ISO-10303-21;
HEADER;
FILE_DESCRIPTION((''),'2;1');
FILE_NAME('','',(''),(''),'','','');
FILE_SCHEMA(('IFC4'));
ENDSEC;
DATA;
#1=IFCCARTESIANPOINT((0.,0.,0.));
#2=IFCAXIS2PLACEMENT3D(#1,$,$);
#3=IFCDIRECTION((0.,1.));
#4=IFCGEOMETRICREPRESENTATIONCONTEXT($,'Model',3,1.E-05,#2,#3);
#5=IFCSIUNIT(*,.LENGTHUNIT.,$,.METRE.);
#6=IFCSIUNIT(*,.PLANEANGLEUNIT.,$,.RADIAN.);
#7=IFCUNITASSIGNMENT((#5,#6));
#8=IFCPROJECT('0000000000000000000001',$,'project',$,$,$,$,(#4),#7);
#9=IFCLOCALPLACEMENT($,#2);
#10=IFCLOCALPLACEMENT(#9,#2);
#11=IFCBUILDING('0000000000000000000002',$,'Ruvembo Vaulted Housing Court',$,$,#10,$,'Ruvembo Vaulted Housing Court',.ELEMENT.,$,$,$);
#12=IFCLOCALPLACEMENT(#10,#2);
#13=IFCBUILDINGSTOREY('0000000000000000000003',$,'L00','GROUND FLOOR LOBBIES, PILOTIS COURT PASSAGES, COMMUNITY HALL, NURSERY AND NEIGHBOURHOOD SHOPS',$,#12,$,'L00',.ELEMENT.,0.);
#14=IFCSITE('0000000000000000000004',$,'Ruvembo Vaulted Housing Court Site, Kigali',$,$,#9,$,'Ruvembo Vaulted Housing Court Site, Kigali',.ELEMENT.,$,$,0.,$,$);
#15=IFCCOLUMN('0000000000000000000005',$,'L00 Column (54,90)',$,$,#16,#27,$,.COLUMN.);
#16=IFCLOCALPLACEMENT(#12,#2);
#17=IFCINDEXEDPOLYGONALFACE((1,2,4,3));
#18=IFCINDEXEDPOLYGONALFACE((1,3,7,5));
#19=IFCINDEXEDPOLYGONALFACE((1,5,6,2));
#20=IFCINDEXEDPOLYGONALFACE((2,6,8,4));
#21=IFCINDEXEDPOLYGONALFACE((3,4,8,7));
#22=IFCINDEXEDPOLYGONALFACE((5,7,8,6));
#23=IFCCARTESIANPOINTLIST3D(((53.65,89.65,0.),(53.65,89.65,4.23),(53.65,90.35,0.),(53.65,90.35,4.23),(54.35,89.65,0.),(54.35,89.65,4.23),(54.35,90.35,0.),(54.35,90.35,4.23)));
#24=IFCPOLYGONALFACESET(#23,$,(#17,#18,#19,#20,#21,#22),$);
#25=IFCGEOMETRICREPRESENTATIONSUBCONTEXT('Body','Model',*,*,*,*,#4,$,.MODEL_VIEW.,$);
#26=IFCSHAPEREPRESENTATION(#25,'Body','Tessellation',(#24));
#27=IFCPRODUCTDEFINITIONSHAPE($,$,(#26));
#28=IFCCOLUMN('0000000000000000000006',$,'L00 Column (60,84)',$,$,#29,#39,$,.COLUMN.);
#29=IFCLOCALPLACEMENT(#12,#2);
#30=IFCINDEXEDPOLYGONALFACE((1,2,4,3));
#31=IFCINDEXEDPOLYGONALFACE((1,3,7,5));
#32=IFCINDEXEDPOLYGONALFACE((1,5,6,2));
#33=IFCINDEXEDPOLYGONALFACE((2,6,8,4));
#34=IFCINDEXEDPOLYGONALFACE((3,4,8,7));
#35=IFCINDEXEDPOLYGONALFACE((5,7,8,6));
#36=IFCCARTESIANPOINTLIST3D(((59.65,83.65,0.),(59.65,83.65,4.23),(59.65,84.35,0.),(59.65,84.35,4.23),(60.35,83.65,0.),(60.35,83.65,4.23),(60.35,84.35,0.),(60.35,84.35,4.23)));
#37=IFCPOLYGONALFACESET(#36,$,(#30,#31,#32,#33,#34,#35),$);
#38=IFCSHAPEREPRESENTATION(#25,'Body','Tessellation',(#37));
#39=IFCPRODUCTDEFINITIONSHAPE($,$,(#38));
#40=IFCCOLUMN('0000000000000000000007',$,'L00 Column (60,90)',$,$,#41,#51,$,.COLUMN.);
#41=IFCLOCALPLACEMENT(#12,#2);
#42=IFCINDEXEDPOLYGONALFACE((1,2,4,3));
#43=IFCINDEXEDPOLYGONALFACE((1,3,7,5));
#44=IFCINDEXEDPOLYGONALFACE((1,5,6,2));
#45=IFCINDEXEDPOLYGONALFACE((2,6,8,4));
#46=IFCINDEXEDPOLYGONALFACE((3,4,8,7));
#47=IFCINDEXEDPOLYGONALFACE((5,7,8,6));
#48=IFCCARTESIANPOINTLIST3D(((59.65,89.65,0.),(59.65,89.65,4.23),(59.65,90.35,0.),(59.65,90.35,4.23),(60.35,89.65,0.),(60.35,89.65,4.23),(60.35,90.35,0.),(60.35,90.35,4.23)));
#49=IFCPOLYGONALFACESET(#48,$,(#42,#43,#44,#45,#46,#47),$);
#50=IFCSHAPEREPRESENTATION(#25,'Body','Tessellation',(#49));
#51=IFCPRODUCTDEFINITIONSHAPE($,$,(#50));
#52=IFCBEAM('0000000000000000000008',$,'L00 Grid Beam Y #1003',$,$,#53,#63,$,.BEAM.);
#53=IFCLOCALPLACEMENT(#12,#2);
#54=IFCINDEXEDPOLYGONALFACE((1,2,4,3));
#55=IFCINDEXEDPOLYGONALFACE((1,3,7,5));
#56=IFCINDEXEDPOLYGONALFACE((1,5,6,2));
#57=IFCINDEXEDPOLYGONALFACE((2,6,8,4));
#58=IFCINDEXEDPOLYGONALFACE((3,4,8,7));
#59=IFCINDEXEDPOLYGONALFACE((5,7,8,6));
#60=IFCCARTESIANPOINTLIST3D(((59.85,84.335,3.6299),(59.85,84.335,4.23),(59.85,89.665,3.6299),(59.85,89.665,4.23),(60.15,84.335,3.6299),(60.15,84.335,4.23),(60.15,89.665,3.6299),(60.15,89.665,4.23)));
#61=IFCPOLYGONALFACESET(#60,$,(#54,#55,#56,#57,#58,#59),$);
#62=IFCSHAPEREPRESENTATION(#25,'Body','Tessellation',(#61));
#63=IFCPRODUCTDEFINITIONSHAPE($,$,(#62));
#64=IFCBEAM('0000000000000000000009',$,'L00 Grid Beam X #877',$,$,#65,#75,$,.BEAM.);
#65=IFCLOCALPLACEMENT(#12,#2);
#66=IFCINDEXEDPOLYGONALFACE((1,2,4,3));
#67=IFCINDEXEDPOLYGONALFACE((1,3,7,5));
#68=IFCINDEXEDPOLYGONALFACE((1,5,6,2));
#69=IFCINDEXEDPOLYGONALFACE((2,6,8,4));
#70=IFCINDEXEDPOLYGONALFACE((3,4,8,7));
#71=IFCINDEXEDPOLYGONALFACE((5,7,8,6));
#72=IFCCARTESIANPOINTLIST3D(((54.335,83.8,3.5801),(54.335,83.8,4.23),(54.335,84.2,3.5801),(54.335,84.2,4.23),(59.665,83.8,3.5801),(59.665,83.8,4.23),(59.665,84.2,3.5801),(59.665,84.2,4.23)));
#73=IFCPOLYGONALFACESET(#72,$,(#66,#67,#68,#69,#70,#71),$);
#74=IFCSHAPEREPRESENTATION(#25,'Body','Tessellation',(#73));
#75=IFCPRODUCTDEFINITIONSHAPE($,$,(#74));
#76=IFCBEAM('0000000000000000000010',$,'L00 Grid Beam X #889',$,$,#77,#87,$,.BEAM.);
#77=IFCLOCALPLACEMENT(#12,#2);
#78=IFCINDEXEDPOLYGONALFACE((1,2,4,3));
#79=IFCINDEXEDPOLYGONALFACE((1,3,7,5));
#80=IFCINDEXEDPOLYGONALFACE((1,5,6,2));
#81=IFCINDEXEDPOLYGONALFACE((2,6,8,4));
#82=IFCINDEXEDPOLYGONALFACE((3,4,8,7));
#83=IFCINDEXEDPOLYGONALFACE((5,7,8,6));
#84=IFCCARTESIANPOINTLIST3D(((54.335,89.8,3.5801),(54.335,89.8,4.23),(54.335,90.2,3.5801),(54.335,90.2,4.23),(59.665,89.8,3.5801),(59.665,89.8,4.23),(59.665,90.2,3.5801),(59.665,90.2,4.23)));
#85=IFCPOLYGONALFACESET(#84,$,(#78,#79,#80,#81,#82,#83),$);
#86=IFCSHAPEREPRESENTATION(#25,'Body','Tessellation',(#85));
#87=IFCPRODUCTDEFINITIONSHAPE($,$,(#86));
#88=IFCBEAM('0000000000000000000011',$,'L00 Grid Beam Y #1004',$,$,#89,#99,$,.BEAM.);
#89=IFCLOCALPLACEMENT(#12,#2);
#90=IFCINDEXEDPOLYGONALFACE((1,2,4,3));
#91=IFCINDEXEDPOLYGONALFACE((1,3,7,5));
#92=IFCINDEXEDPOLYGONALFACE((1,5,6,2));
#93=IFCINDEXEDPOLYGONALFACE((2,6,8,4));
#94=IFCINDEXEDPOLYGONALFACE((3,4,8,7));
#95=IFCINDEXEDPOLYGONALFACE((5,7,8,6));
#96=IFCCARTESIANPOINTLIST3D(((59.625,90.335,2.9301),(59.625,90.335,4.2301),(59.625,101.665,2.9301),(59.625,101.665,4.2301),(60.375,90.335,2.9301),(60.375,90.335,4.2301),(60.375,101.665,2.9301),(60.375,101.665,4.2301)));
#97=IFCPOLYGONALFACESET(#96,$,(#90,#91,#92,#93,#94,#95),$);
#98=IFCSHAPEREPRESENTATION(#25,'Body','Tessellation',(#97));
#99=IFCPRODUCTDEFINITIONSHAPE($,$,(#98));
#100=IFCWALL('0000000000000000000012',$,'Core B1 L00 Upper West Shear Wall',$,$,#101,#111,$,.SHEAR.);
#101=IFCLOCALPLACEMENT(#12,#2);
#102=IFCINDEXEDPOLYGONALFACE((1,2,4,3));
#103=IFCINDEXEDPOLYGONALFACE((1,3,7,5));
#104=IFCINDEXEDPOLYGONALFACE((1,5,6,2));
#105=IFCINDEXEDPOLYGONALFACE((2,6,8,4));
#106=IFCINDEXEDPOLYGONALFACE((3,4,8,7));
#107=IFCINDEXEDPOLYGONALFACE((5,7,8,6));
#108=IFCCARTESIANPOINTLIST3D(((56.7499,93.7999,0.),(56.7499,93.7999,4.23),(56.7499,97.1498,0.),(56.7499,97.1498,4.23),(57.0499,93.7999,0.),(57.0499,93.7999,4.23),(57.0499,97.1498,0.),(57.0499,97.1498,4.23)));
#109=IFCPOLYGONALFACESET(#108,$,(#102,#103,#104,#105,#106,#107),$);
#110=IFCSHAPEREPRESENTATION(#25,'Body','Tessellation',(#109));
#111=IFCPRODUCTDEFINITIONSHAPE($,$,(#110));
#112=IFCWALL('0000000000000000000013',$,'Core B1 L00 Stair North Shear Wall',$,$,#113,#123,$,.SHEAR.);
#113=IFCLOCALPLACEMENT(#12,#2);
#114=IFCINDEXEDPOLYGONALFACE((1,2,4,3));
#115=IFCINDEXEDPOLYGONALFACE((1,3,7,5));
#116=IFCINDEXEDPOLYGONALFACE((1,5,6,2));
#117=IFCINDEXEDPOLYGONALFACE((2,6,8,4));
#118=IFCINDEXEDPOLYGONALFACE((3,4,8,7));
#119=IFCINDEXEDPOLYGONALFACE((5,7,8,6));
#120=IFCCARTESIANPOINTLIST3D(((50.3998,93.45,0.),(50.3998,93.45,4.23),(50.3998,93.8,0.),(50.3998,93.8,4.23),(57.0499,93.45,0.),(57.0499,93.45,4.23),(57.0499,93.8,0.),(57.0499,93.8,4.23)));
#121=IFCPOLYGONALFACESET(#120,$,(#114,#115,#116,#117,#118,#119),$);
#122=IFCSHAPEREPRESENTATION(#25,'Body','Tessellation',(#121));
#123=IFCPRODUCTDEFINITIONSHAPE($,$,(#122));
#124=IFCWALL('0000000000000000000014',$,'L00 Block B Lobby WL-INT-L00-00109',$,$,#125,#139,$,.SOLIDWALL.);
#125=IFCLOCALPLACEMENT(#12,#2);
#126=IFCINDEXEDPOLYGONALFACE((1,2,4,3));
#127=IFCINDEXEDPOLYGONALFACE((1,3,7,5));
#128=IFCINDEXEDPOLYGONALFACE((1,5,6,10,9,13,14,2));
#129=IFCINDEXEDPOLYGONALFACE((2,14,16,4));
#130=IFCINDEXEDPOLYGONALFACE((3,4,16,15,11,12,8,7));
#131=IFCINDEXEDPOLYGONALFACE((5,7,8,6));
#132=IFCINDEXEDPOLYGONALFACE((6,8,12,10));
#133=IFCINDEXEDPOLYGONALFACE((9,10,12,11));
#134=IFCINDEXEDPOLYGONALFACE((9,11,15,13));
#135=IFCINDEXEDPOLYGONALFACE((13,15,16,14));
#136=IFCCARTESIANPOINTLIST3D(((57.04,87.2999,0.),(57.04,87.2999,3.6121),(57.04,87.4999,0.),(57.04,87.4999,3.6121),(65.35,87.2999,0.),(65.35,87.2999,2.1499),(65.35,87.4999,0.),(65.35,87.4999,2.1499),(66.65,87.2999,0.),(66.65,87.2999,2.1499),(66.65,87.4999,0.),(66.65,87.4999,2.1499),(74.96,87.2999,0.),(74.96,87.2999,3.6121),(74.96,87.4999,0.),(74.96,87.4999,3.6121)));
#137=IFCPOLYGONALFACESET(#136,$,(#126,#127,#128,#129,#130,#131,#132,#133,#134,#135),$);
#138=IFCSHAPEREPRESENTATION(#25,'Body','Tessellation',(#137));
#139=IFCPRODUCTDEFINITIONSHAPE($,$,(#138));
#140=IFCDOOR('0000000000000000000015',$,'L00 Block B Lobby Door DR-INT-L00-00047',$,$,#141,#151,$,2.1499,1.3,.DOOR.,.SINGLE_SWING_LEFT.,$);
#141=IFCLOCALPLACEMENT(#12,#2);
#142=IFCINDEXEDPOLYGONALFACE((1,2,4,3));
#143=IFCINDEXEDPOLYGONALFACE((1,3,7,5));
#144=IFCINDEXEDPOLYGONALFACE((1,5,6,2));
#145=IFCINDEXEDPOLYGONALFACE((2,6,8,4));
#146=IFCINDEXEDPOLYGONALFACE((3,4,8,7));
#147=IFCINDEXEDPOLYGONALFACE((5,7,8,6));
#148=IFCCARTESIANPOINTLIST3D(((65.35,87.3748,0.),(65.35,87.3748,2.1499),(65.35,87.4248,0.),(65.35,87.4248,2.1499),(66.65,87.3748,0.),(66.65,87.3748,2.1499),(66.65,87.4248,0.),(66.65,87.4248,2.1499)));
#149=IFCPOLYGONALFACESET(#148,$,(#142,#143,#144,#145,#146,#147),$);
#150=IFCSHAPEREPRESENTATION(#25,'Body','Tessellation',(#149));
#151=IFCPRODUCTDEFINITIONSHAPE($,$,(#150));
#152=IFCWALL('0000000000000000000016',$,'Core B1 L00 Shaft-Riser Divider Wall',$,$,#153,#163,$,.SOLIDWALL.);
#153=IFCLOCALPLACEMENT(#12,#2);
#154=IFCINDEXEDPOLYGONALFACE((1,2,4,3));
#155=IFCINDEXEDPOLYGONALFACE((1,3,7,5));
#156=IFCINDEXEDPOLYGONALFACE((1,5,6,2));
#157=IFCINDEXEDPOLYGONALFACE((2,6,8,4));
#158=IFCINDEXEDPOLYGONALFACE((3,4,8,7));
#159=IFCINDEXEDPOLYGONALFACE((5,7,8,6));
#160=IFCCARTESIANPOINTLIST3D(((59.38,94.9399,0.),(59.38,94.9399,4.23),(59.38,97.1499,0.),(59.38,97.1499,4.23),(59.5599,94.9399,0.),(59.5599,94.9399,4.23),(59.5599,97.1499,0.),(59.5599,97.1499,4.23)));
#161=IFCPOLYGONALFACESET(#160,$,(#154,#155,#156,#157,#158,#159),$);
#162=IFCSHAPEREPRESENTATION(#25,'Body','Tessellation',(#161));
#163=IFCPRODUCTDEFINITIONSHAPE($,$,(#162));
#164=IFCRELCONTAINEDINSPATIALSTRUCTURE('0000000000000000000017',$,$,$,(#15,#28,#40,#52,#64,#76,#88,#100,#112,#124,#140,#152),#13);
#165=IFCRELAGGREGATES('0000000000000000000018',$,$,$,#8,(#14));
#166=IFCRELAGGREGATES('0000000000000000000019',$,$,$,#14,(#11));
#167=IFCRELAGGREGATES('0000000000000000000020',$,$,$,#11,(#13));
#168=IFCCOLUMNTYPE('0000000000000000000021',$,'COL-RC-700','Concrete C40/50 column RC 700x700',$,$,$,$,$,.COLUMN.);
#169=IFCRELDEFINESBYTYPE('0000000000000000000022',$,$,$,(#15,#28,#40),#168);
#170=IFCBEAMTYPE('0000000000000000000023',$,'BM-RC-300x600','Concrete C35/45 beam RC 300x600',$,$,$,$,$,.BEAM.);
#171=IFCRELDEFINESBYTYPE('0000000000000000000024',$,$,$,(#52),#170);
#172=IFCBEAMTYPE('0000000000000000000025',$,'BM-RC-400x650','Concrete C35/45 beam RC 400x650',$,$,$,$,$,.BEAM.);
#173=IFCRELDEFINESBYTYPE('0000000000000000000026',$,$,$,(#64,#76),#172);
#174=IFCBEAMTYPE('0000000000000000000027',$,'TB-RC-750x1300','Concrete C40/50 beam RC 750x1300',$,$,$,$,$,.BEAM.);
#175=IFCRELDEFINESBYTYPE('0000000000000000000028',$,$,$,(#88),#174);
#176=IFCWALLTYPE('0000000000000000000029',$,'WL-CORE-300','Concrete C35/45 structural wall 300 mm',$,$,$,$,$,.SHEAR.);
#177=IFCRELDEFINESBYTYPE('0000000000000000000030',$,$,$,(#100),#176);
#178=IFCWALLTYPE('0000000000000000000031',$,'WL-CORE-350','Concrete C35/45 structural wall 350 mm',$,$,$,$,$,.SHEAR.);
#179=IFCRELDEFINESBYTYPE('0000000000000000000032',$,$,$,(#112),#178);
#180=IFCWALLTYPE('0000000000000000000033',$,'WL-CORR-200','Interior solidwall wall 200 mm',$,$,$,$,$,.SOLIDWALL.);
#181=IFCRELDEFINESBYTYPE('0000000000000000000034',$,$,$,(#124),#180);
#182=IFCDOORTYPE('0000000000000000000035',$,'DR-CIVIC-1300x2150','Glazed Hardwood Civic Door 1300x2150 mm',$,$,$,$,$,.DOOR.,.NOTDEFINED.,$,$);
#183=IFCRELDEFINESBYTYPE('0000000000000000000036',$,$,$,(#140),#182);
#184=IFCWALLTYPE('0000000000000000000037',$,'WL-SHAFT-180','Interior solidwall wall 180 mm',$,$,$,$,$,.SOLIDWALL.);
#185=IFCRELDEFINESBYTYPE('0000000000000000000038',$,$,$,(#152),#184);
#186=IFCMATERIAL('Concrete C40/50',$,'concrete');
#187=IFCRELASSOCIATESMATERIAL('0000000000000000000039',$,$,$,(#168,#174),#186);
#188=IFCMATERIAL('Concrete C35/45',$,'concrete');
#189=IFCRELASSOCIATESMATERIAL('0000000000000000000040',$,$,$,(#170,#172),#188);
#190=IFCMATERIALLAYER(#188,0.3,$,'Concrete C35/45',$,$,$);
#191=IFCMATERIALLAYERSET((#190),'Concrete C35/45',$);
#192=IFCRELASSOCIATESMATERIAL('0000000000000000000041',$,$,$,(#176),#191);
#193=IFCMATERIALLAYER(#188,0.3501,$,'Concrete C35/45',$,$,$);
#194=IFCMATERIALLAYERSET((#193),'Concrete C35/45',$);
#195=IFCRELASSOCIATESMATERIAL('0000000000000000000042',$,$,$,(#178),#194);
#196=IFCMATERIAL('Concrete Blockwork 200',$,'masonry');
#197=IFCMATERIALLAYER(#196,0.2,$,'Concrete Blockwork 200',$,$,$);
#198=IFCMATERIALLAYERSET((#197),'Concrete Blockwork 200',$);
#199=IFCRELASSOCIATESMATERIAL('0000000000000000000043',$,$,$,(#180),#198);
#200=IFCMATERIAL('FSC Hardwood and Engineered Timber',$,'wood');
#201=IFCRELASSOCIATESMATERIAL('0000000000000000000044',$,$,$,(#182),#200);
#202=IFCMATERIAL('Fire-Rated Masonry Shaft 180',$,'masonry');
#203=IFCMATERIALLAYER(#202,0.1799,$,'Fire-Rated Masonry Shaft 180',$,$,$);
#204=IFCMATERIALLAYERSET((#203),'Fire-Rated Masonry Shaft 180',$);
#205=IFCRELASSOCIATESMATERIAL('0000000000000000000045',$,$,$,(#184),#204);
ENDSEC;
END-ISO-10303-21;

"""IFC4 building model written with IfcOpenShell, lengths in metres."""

from ifc_helpers import new_model, si_unit, direction, frame, frame_2d, origin, origin_2d, place, context, subcontext, project, spatial, rectangle, extrude, material, layer, layer_set, material_profile, profile_set, type_object, element, fill, save


model = new_model("IFC4")

# Units and contexts
model_context = context("Model", 3, precision=1e-05, world=origin(), true_north=direction((0.0, 1.0)))
body_context = subcontext(model_context, "Body", "Model", "MODEL_VIEW")
ifc_project = project(units=[si_unit("LENGTHUNIT", "METRE"), si_unit("PLANEANGLEUNIT", "RADIAN")], contexts=[model_context])

# Site, building, storey
site_placement = place(None, origin())
site = spatial("IfcSite", under=ifc_project, at=site_placement, Name="Ruvembo Vaulted Housing Court Site, Kigali", LongName="Ruvembo Vaulted Housing Court Site, Kigali", CompositionType="ELEMENT", RefElevation=0.0)
building_placement = place(site_placement, origin())
building = spatial("IfcBuilding", under=site, at=building_placement, Name="Ruvembo Vaulted Housing Court", LongName="Ruvembo Vaulted Housing Court", CompositionType="ELEMENT")
storey_placement = place(building_placement, origin())
storey = spatial("IfcBuildingStorey", under=building, at=storey_placement, Name="L00", Description="GROUND FLOOR LOBBIES, PILOTIS COURT PASSAGES, COMMUNITY HALL, NURSERY AND NEIGHBOURHOOD SHOPS", LongName="L00", CompositionType="ELEMENT", Elevation=0.0)

# Columns
ifc_material_1 = material(Name="Concrete C40/50", Category="concrete")
ifc_material_profile_1 = material_profile(ifc_material_1, rectangle(XDim=0.7, YDim=0.7, at=origin_2d()), Name="RC 700x700")
ifc_profile_set_1 = profile_set([ifc_material_profile_1], Name="Concrete C40/50")
column_type = type_object("IfcColumnType", Name="COL-RC-700", Description="Concrete C40/50 column RC 700x700", PredefinedType="COLUMN", material=ifc_profile_set_1)
for number, where, z_axis, x_axis, name in (
    (1, (54.0, 90.0, 0.0), (0.0, 0.0, 1.0), (1.0, 0.0, 0.0), "L00 Column (54,90)"),
    (2, (60.0, 84.0, 0.0), (0.0, 0.0, 1.0), (1.0, 0.0, 0.0), "L00 Column (60,84)"),
    (3, (60.0, 90.0, 0.0), (0.0, 0.0, 1.0), (1.0, 0.0, 0.0), "L00 Column (60,90)"),
):
    element("IfcColumn", number, at=place(storey_placement, frame(where, z_axis=z_axis, x_axis=x_axis)), inside=storey, type_object=column_type, Name=name, PredefinedType="COLUMN", context=body_context, shape_type="SweptSolid", body=[
        extrude(rectangle(XDim=0.7, YDim=0.7, at=origin_2d()), origin(), (0.0, 0.0, 1.0), 4.23),
    ])

# Beams
ifc_material_2 = material(Name="Concrete C35/45", Category="concrete")
ifc_material_profile_2 = material_profile(ifc_material_2, rectangle(XDim=0.3, YDim=0.6001, at=origin_2d()), Name="RC 300x600")
ifc_profile_set_2 = profile_set([ifc_material_profile_2], Name="Concrete C35/45")
beam_type_1 = type_object("IfcBeamType", Name="BM-RC-300x600", Description="Concrete C35/45 beam RC 300x600", PredefinedType="BEAM", material=ifc_profile_set_2)
beam_1_placement = place(storey_placement, frame((60.0, 84.335, 3.9299), z_axis=(0.0, 1.0, 0.0), x_axis=(-1.0, 0.0, 0.0)))
element("IfcBeam", 4, at=beam_1_placement, inside=storey, type_object=beam_type_1, Name="L00 Grid Beam Y #1003", PredefinedType="BEAM", context=body_context, shape_type="SweptSolid", body=[
    extrude(rectangle(XDim=0.3, YDim=0.6001, at=origin_2d()), origin(), (0.0, 0.0, 1.0), 5.3301),
])
ifc_material_profile_3 = material_profile(ifc_material_2, rectangle(XDim=0.3999, YDim=0.6499, at=origin_2d()), Name="RC 400x650")
ifc_profile_set_3 = profile_set([ifc_material_profile_3], Name="Concrete C35/45")
beam_type_2 = type_object("IfcBeamType", Name="BM-RC-400x650", Description="Concrete C35/45 beam RC 400x650", PredefinedType="BEAM", material=ifc_profile_set_3)
for number, where, z_axis, x_axis, name in (
    (5, (54.335, 84.0, 3.905), (1.0, 0.0, 0.0), (0.0, 1.0, 0.0), "L00 Grid Beam X #877"),
    (6, (54.335, 90.0, 3.905), (1.0, 0.0, 0.0), (0.0, 1.0, 0.0), "L00 Grid Beam X #889"),
):
    element("IfcBeam", number, at=place(storey_placement, frame(where, z_axis=z_axis, x_axis=x_axis)), inside=storey, type_object=beam_type_2, Name=name, PredefinedType="BEAM", context=body_context, shape_type="SweptSolid", body=[
        extrude(rectangle(XDim=0.3999, YDim=0.6499, at=origin_2d()), origin(), (0.0, 0.0, 1.0), 5.3301),
    ])
ifc_material_profile_4 = material_profile(ifc_material_1, rectangle(XDim=0.75, YDim=1.3, at=origin_2d()), Name="RC 750x1300")
ifc_profile_set_4 = profile_set([ifc_material_profile_4], Name="Concrete C40/50")
beam_type_3 = type_object("IfcBeamType", Name="TB-RC-750x1300", Description="Concrete C40/50 beam RC 750x1300", PredefinedType="BEAM", material=ifc_profile_set_4)
beam_2_placement = place(storey_placement, frame((60.0, 90.335, 3.5801), z_axis=(0.0, 1.0, 0.0), x_axis=(-1.0, 0.0, 0.0)))
element("IfcBeam", 7, at=beam_2_placement, inside=storey, type_object=beam_type_3, Name="L00 Grid Beam Y #1004", PredefinedType="BEAM", context=body_context, shape_type="SweptSolid", body=[
    extrude(rectangle(XDim=0.75, YDim=1.3, at=origin_2d()), origin(), (0.0, 0.0, 1.0), 11.3301),
])

# Shared definitions
ifc_layer_1 = layer(ifc_material_2, 0.3, Name="Concrete C35/45")
ifc_layer_set_1 = layer_set([ifc_layer_1], Name="Concrete C35/45")
wall_type_1 = type_object("IfcWallType", Name="WL-CORE-300", Description="Concrete C35/45 structural wall 300 mm", PredefinedType="SHEAR", material=ifc_layer_set_1)

# Walls
wall_1_placement = place(storey_placement, frame((56.8999, 93.8, 0.0), z_axis=(0.0, 0.0, 1.0), x_axis=(0.0, 1.0, 0.0)))
element("IfcWall", 8, at=wall_1_placement, inside=storey, type_object=wall_type_1, Name="Core B1 L00 Upper West Shear Wall", PredefinedType="SHEAR", context=body_context, shape_type="SweptSolid", body=[
    extrude(rectangle(XDim=3.3499, YDim=0.3, at=frame_2d((1.6748, 0.0))), origin(), (0.0, 0.0, 1.0), 4.23),
])
ifc_layer_2 = layer(ifc_material_2, 0.3501, Name="Concrete C35/45")
ifc_layer_set_2 = layer_set([ifc_layer_2], Name="Concrete C35/45")
wall_type_2 = type_object("IfcWallType", Name="WL-CORE-350", Description="Concrete C35/45 structural wall 350 mm", PredefinedType="SHEAR", material=ifc_layer_set_2)
wall_2_placement = place(storey_placement, frame((57.05, 93.625, 0.0), z_axis=(0.0, 0.0, 1.0), x_axis=(-1.0, 0.0, 0.0)))
element("IfcWall", 9, at=wall_2_placement, inside=storey, type_object=wall_type_2, Name="Core B1 L00 Stair North Shear Wall", PredefinedType="SHEAR", context=body_context, shape_type="SweptSolid", body=[
    extrude(rectangle(XDim=6.6501, YDim=0.3501, at=frame_2d((3.3252, 0.0))), origin(), (0.0, 0.0, 1.0), 4.23),
])

# Wall, opening, door
ifc_material_3 = material(Name="Concrete Blockwork 200", Category="masonry")
ifc_layer_3 = layer(ifc_material_3, 0.2, Name="Concrete Blockwork 200")
ifc_layer_set_3 = layer_set([ifc_layer_3], Name="Concrete Blockwork 200")
wall_type_3 = type_object("IfcWallType", Name="WL-CORR-200", Description="Interior solidwall wall 200 mm", PredefinedType="SOLIDWALL", material=ifc_layer_set_3)
wall_3_placement = place(storey_placement, frame((57.04, 87.3999, 0.0), z_axis=(0.0, 0.0, 1.0), x_axis=(1.0, 0.0, 0.0)))
wall_3 = element("IfcWall", 10, at=wall_3_placement, inside=storey, type_object=wall_type_3, Name="L00 Block B Lobby WL-INT-L00-00109", PredefinedType="SOLIDWALL", context=body_context, shape_type="SweptSolid", body=[
    extrude(rectangle(XDim=17.9199, YDim=0.2, at=frame_2d((8.96, 0.0))), origin(), (0.0, 0.0, 1.0), 3.6121),
])
opening_1_placement = place(wall_3_placement, frame((8.3101, 0.0, 0.0)))
opening_1 = element("IfcOpeningElement", 11, at=opening_1_placement, cuts=wall_3, PredefinedType="OPENING", context=body_context, shape_type="SweptSolid", body=[
    extrude(rectangle(XDim=1.3, YDim=2.1499, at=frame_2d((0.6499, 1.075))), frame((0.0, 0.1099, 0.0), z_axis=(0.0, -1.0, 0.0), x_axis=(1.0, 0.0, 0.0)), (0.0, 0.0, 1.0), 0.22),
])
ifc_material_4 = material(Name="FSC Hardwood and Engineered Timber", Category="wood")
door_type_1 = type_object("IfcDoorType", Name="DR-CIVIC-1300x2150", Description="Glazed Hardwood Civic Door 1300x2150 mm", OperationType="NOTDEFINED", PredefinedType="DOOR", material=ifc_material_4)
door_1_placement = place(opening_1_placement, origin())
door_1 = element("IfcDoor", 12, at=door_1_placement, inside=storey, type_object=door_type_1, Name="L00 Block B Lobby Door DR-INT-L00-00047", OperationType="SINGLE_SWING_LEFT", OverallHeight=2.1499, OverallWidth=1.3, PredefinedType="DOOR", context=body_context, shape_type="SweptSolid", body=[
    extrude(rectangle(XDim=1.3, YDim=2.1499, at=frame_2d((0.6499, 1.075))), frame((0.0, 0.0249, 0.0), z_axis=(0.0, -1.0, 0.0), x_axis=(1.0, 0.0, 0.0)), (0.0, 0.0, 1.0), 0.05),
])
fill(opening_1, door_1)

# Shared definitions
ifc_material_5 = material(Name="Fire-Rated Masonry Shaft 180", Category="masonry")
ifc_layer_4 = layer(ifc_material_5, 0.1799, Name="Fire-Rated Masonry Shaft 180")
ifc_layer_set_4 = layer_set([ifc_layer_4], Name="Fire-Rated Masonry Shaft 180")
wall_type_4 = type_object("IfcWallType", Name="WL-SHAFT-180", Description="Interior solidwall wall 180 mm", PredefinedType="SOLIDWALL", material=ifc_layer_set_4)

# Wall
wall_4_placement = place(storey_placement, frame((59.47, 94.9399, 0.0), z_axis=(0.0, 0.0, 1.0), x_axis=(0.0, 1.0, 0.0)))
element("IfcWall", 13, at=wall_4_placement, inside=storey, type_object=wall_type_4, Name="Core B1 L00 Shaft-Riser Divider Wall", PredefinedType="SOLIDWALL", context=body_context, shape_type="SweptSolid", body=[
    extrude(rectangle(XDim=2.21, YDim=0.1799, at=frame_2d((1.105, 0.0))), origin(), (0.0, 0.0, 1.0), 4.23),
])

save(model, "model.ifc")
